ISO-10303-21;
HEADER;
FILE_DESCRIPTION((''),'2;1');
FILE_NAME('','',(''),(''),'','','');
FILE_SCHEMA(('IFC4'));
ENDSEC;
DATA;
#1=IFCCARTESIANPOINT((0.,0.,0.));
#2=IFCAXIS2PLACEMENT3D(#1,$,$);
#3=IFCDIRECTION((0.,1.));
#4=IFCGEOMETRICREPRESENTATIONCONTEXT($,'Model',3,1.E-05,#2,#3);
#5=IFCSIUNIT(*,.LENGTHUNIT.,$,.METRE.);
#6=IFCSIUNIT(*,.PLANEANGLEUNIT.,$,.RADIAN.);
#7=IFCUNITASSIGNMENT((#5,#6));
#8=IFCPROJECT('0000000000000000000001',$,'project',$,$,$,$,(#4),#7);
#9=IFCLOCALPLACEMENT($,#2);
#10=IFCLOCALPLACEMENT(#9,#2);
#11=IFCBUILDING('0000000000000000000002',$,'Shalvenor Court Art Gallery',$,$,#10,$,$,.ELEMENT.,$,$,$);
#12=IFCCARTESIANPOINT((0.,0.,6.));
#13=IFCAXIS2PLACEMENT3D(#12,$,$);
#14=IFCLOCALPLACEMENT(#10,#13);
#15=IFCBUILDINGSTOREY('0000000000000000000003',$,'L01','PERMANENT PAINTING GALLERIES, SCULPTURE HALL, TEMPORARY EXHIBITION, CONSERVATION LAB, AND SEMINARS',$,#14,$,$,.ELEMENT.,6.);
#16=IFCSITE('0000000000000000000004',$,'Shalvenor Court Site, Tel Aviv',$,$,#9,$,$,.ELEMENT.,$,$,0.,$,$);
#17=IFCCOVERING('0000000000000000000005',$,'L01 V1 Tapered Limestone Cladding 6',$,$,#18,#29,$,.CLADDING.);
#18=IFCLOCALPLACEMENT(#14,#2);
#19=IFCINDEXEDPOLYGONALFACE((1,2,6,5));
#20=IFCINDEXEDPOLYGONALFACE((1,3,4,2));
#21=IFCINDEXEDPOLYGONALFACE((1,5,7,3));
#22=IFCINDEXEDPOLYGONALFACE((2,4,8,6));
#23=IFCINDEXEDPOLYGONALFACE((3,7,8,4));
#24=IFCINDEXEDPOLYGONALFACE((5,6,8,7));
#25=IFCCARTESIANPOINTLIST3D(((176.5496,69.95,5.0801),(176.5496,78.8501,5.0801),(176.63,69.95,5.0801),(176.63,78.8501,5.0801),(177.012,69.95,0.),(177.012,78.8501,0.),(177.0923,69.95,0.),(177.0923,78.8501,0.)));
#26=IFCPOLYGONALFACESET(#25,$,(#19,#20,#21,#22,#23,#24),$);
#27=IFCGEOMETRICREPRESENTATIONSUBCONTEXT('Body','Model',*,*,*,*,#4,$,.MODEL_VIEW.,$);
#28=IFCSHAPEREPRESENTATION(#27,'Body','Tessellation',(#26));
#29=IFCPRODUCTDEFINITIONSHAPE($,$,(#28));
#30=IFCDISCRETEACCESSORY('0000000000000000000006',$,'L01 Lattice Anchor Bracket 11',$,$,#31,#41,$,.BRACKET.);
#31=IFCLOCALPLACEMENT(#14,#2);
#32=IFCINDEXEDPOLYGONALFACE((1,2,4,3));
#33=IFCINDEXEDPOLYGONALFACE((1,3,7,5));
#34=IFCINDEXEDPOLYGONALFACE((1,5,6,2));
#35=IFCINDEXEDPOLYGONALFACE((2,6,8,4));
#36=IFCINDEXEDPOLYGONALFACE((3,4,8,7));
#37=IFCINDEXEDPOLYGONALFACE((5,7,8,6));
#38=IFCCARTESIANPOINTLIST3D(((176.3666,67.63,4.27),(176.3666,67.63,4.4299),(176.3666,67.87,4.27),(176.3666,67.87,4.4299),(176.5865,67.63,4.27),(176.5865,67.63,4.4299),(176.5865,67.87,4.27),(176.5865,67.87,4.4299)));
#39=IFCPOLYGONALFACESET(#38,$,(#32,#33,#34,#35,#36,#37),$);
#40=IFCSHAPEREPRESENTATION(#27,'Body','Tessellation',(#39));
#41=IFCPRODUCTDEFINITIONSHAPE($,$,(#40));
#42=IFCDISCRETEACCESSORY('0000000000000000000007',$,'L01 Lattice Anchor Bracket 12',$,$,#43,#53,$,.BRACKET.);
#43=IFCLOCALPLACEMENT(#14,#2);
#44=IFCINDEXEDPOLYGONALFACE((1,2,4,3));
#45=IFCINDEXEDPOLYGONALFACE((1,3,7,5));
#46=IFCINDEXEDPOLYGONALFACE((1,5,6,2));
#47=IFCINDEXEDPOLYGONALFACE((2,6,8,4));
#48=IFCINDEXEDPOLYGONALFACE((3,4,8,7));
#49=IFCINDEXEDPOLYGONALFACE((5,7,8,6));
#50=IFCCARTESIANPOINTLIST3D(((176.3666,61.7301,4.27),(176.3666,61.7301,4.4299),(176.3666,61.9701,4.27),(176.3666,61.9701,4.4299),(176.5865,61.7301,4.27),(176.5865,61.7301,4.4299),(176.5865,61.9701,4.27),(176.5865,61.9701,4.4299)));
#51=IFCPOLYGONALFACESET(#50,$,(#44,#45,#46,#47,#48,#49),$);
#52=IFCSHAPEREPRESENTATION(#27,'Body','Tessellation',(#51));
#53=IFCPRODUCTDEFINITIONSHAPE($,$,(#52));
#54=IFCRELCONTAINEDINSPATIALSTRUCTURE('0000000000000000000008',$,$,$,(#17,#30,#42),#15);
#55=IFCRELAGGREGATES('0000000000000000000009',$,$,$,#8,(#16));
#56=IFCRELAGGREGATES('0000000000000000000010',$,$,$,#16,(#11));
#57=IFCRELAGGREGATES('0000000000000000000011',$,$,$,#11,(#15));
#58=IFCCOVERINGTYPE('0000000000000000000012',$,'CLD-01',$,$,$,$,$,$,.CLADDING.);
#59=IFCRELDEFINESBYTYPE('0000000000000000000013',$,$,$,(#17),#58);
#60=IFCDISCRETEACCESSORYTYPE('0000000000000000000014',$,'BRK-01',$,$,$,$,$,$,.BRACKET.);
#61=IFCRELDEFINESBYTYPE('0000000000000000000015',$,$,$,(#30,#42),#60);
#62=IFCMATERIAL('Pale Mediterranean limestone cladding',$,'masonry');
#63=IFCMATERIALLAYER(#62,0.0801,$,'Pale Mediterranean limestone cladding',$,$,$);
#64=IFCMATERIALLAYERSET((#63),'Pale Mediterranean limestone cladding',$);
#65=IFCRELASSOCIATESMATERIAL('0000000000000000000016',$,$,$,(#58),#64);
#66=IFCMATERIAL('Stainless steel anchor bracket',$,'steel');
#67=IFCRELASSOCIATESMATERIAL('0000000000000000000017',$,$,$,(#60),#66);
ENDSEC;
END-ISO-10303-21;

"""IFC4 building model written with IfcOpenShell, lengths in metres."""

from ifc_helpers import new_model, si_unit, direction, frame, origin, origin_2d, place, context, subcontext, project, spatial, polyline, rectangle, outline, extrude, material, layer, layer_set, type_object, element, save


model = new_model("IFC4")

# Units and contexts
model_context = context("Model", 3, precision=1e-05, world=origin(), true_north=direction((0.0, 1.0)))
body_context = subcontext(model_context, "Body", "Model", "MODEL_VIEW")
ifc_project = project(units=[si_unit("LENGTHUNIT", "METRE"), si_unit("PLANEANGLEUNIT", "RADIAN")], contexts=[model_context])

# Site, building, storey
site_placement = place(None, origin())
site = spatial("IfcSite", under=ifc_project, at=site_placement, Name="Shalvenor Court Site, Tel Aviv", CompositionType="ELEMENT", RefElevation=0.0)
building_placement = place(site_placement, origin())
building = spatial("IfcBuilding", under=site, at=building_placement, Name="Shalvenor Court Art Gallery", CompositionType="ELEMENT")
storey_placement = place(building_placement, frame((0.0, 0.0, 6.0)))
storey = spatial("IfcBuildingStorey", under=building, at=storey_placement, Name="L01", Description="PERMANENT PAINTING GALLERIES, SCULPTURE HALL, TEMPORARY EXHIBITION, CONSERVATION LAB, AND SEMINARS", CompositionType="ELEMENT", Elevation=6.0)

# Covering
ifc_material_1 = material(Name="Pale Mediterranean limestone cladding", Category="masonry")
ifc_layer_1 = layer(ifc_material_1, 0.0801, Name="Pale Mediterranean limestone cladding")
ifc_layer_set_1 = layer_set([ifc_layer_1], Name="Pale Mediterranean limestone cladding")
covering_type = type_object("IfcCoveringType", Name="CLD-01", PredefinedType="CLADDING", material=ifc_layer_set_1)
covering_placement = place(storey_placement, frame((177.0923, 69.95, 0.0), z_axis=(0.0, 0.0, 1.0), x_axis=(0.0, 1.0, 0.0)))
element("IfcCovering", 1, at=covering_placement, inside=storey, type_object=covering_type, Name="L01 V1 Tapered Limestone Cladding 6", PredefinedType="CLADDING", context=body_context, shape_type="SweptSolid", body=[
    extrude(outline(polyline([(0.0, 0.0), (8.9001, 0.0), (8.9001, 5.1011), (0.0, 5.1011), (0.0, 0.0)])), frame((0.0, 0.0, 0.0), z_axis=(0.0, -0.995884, 0.090633), x_axis=(1.0, 0.0, 0.0)), (0.0, 0.090633, -0.995884), 0.0803),
])

# Discrete accessories
ifc_material_2 = material(Name="Stainless steel anchor bracket", Category="steel")
discrete_accessory_type = type_object("IfcDiscreteAccessoryType", Name="BRK-01", PredefinedType="BRACKET", material=ifc_material_2)
for number, where, z_axis, x_axis, name in (
    (2, (176.4766, 67.75, 4.27), (0.0, 0.0, 1.0), (0.0, -1.0, 0.0), "L01 Lattice Anchor Bracket 11"),
    (3, (176.4766, 61.8501, 4.27), (0.0, 0.0, 1.0), (0.0, -1.0, 0.0), "L01 Lattice Anchor Bracket 12"),
):
    element("IfcDiscreteAccessory", number, at=place(storey_placement, frame(where, z_axis=z_axis, x_axis=x_axis)), inside=storey, type_object=discrete_accessory_type, Name=name, PredefinedType="BRACKET", context=body_context, shape_type="SweptSolid", body=[
        extrude(rectangle(XDim=0.24, YDim=0.22, at=origin_2d()), origin(), (0.0, 0.0, 1.0), 0.1599),
    ])

save(model, "model.ifc")
